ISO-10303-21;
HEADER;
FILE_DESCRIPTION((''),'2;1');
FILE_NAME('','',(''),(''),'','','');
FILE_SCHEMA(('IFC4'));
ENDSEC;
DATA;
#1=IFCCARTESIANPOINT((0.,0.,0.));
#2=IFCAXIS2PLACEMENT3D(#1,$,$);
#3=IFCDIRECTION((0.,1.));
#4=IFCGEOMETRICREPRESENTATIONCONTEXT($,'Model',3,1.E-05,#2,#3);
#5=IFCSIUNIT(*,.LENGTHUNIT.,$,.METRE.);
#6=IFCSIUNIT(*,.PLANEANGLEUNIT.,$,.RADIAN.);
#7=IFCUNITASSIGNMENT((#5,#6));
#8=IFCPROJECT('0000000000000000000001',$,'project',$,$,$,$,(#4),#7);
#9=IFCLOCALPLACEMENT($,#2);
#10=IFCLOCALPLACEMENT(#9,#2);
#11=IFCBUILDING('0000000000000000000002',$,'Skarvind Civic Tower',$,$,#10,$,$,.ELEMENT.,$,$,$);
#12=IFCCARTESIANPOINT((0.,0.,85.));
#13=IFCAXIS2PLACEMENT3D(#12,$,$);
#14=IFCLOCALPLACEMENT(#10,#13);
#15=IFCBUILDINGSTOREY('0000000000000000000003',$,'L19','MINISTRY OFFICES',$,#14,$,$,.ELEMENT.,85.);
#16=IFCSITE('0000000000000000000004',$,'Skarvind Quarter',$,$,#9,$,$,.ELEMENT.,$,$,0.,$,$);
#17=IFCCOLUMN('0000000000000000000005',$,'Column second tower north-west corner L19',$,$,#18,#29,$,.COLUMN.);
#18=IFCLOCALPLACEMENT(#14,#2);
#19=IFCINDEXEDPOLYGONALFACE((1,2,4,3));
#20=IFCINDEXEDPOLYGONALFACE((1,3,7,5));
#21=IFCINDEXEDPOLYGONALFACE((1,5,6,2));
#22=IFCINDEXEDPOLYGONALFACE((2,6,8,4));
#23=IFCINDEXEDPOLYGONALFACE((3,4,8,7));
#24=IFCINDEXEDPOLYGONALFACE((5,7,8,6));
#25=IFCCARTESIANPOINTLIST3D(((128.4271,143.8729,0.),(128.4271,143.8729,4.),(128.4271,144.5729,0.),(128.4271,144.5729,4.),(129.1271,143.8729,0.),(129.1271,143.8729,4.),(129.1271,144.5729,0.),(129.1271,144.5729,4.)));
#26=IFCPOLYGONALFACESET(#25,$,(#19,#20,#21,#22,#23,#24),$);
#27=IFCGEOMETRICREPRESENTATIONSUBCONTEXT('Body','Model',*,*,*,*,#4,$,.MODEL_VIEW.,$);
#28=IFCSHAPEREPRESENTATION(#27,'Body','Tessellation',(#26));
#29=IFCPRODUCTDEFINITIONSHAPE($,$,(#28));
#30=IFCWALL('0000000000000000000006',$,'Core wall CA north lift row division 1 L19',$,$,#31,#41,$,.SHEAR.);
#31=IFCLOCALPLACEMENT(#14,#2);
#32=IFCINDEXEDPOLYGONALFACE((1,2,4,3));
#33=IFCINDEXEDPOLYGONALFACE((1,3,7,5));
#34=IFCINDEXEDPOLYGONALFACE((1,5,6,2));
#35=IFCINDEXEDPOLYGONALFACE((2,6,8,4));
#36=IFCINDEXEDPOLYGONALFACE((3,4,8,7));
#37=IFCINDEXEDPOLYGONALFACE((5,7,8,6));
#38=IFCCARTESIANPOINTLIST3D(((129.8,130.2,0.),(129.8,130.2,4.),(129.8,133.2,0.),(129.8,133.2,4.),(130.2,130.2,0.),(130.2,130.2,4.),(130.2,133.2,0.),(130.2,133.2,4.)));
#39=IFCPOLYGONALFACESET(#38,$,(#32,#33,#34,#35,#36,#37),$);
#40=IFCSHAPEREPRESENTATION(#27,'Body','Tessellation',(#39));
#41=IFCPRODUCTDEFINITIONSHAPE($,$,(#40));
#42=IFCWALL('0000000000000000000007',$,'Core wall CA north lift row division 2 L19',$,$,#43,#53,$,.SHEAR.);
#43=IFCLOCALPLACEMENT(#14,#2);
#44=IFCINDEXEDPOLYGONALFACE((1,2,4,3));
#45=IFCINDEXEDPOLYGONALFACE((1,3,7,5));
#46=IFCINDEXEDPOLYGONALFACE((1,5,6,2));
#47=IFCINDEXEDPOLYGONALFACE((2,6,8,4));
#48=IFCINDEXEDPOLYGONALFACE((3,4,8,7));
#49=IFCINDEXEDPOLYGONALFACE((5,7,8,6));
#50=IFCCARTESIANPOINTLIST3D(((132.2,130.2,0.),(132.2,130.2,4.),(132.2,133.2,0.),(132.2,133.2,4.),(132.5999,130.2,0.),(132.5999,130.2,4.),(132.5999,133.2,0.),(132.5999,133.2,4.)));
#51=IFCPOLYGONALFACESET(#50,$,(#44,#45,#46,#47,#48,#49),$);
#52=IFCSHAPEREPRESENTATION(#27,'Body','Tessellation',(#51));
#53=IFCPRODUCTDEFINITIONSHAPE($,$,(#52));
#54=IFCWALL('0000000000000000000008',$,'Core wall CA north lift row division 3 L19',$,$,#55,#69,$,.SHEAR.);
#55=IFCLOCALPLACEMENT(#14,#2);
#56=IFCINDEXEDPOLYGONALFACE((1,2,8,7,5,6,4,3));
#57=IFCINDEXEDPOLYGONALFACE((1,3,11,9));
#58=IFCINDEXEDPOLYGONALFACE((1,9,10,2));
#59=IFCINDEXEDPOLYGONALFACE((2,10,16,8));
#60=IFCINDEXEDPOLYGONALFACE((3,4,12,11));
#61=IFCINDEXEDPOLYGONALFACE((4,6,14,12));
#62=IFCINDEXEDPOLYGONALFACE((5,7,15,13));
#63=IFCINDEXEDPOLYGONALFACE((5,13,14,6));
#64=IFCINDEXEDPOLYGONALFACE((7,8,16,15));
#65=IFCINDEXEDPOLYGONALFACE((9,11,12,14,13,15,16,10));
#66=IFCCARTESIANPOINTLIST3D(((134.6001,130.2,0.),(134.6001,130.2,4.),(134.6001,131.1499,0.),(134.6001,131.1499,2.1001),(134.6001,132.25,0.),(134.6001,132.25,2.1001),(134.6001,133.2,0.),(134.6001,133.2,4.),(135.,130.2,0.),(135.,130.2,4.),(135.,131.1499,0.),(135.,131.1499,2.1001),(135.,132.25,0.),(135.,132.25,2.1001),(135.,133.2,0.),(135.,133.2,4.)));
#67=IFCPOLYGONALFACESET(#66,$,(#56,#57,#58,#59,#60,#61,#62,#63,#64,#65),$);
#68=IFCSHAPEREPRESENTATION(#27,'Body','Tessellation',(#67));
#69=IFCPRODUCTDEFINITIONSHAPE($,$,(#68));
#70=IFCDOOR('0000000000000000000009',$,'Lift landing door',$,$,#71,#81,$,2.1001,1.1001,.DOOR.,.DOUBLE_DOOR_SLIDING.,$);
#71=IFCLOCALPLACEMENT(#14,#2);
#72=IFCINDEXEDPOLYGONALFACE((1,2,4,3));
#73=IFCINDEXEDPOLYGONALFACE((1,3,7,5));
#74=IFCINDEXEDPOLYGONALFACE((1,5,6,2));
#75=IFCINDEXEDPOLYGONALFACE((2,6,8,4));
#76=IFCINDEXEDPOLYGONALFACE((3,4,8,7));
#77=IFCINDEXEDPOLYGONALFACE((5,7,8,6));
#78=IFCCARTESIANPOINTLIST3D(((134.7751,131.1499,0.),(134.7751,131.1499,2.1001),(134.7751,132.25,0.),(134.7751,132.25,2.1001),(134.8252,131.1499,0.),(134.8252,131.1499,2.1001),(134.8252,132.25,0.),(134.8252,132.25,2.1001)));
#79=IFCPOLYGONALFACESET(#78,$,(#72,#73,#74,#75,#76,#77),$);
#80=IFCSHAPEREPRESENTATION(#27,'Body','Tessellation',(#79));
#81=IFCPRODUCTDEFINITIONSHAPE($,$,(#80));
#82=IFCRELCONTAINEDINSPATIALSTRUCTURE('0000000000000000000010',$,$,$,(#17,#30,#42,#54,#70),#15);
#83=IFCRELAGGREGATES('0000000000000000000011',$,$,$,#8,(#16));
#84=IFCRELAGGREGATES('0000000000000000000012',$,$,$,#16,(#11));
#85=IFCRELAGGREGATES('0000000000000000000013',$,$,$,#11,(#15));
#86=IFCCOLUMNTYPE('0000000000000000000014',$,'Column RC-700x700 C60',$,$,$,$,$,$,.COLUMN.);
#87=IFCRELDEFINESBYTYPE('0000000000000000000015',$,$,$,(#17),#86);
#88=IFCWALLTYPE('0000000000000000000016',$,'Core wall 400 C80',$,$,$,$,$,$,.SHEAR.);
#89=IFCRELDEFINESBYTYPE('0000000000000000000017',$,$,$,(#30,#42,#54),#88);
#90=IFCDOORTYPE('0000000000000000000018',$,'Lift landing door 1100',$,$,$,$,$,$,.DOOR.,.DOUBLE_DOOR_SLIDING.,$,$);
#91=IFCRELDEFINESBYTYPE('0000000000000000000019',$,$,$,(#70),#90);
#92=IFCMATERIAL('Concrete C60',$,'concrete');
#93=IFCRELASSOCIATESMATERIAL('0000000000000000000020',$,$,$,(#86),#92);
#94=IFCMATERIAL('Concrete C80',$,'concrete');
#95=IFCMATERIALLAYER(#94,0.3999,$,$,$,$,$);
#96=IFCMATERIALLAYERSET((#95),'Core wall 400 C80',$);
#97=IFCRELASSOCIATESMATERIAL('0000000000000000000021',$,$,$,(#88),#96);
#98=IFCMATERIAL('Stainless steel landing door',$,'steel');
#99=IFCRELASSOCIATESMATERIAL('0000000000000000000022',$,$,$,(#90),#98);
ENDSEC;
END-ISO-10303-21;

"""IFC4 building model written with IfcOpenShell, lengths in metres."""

from ifc_helpers import new_model, si_unit, direction, frame, frame_2d, origin, origin_2d, place, context, subcontext, project, spatial, rectangle, extrude, material, layer, layer_set, material_profile, profile_set, type_object, element, fill, save


model = new_model("IFC4")

# Units and contexts
model_context = context("Model", 3, precision=1e-05, world=origin(), true_north=direction((0.0, 1.0)))
body_context = subcontext(model_context, "Body", "Model", "MODEL_VIEW")
ifc_project = project(units=[si_unit("LENGTHUNIT", "METRE"), si_unit("PLANEANGLEUNIT", "RADIAN")], contexts=[model_context])

# Site, building, storey
site_placement = place(None, origin())
site = spatial("IfcSite", under=ifc_project, at=site_placement, Name="Skarvind Quarter", CompositionType="ELEMENT", RefElevation=0.0)
building_placement = place(site_placement, origin())
building = spatial("IfcBuilding", under=site, at=building_placement, Name="Skarvind Civic Tower", CompositionType="ELEMENT")
storey_placement = place(building_placement, frame((0.0, 0.0, 85.0)))
storey = spatial("IfcBuildingStorey", under=building, at=storey_placement, Name="L19", Description="MINISTRY OFFICES", CompositionType="ELEMENT", Elevation=85.0)

# Column
ifc_material_1 = material(Name="Concrete C60", Category="concrete")
ifc_material_profile = material_profile(ifc_material_1, rectangle(XDim=0.7, YDim=0.7, at=origin_2d()), Name="RC-700x700")
ifc_profile_set = profile_set([ifc_material_profile], Name="Concrete C60")
column_type = type_object("IfcColumnType", Name="Column RC-700x700 C60", PredefinedType="COLUMN", material=ifc_profile_set)
column_placement = place(storey_placement, frame((128.7771, 144.2229, 0.0), z_axis=(0.0, 0.0, 1.0), x_axis=(1.0, 0.0, 0.0)))
element("IfcColumn", 1, at=column_placement, inside=storey, type_object=column_type, Name="Column second tower north-west corner L19", PredefinedType="COLUMN", context=body_context, shape_type="SweptSolid", body=[
    extrude(rectangle(XDim=0.7, YDim=0.7, at=origin_2d()), origin(), (0.0, 0.0, 1.0), 4.0),
])

# Walls
ifc_material_2 = material(Name="Concrete C80", Category="concrete")
ifc_layer_1 = layer(ifc_material_2, 0.3999)
ifc_layer_set_1 = layer_set([ifc_layer_1], Name="Core wall 400 C80")
wall_type_1 = type_object("IfcWallType", Name="Core wall 400 C80", PredefinedType="SHEAR", material=ifc_layer_set_1)
for number, where, z_axis, x_axis, name in (
    (2, (130.0, 130.2, 0.0), (0.0, 0.0, 1.0), (0.0, 1.0, 0.0), "Core wall CA north lift row division 1 L19"),
    (3, (132.3999, 130.2, 0.0), (0.0, 0.0, 1.0), (0.0, 1.0, 0.0), "Core wall CA north lift row division 2 L19"),
):
    element("IfcWall", number, at=place(storey_placement, frame(where, z_axis=z_axis, x_axis=x_axis)), inside=storey, type_object=wall_type_1, Name=name, PredefinedType="SHEAR", context=body_context, shape_type="SweptSolid", body=[
        extrude(rectangle(XDim=3.0, YDim=0.3999, at=frame_2d((1.5, 0.0))), origin(), (0.0, 0.0, 1.0), 4.0),
    ])

# Wall, opening, door
wall_1_placement = place(storey_placement, frame((134.8, 130.2, 0.0), z_axis=(0.0, 0.0, 1.0), x_axis=(0.0, 1.0, 0.0)))
wall_1 = element("IfcWall", 4, at=wall_1_placement, inside=storey, type_object=wall_type_1, Name="Core wall CA north lift row division 3 L19", PredefinedType="SHEAR", context=body_context, shape_type="SweptSolid", body=[
    extrude(rectangle(XDim=3.0, YDim=0.3999, at=frame_2d((1.5, 0.0))), origin(), (0.0, 0.0, 1.0), 4.0),
])
opening_1_placement = place(wall_1_placement, frame((0.95, 0.0, 0.0)))
opening_1 = element("IfcOpeningElement", 5, at=opening_1_placement, cuts=wall_1, PredefinedType="OPENING", context=body_context, shape_type="SweptSolid", body=[
    extrude(rectangle(XDim=1.1001, YDim=2.1001, at=frame_2d((0.55, 1.05))), frame((0.0, 0.21, 0.0), z_axis=(0.0, -1.0, 0.0), x_axis=(1.0, 0.0, 0.0)), (0.0, 0.0, 1.0), 0.4199),
])
ifc_material_3 = material(Name="Stainless steel landing door", Category="steel")
door_type = type_object("IfcDoorType", Name="Lift landing door 1100", OperationType="DOUBLE_DOOR_SLIDING", PredefinedType="DOOR", material=ifc_material_3)
door_placement = place(opening_1_placement, origin())
door = element("IfcDoor", 6, at=door_placement, inside=storey, type_object=door_type, Name="Lift landing door", OperationType="DOUBLE_DOOR_SLIDING", OverallHeight=2.1001, OverallWidth=1.1001, PredefinedType="DOOR", context=body_context, shape_type="SweptSolid", body=[
    extrude(rectangle(XDim=1.1001, YDim=2.1001, at=frame_2d((0.55, 1.05))), frame((0.0, 0.0249, 0.0), z_axis=(0.0, -1.0, 0.0), x_axis=(1.0, 0.0, 0.0)), (0.0, 0.0, 1.0), 0.05),
])
fill(opening_1, door)

save(model, "model.ifc")
